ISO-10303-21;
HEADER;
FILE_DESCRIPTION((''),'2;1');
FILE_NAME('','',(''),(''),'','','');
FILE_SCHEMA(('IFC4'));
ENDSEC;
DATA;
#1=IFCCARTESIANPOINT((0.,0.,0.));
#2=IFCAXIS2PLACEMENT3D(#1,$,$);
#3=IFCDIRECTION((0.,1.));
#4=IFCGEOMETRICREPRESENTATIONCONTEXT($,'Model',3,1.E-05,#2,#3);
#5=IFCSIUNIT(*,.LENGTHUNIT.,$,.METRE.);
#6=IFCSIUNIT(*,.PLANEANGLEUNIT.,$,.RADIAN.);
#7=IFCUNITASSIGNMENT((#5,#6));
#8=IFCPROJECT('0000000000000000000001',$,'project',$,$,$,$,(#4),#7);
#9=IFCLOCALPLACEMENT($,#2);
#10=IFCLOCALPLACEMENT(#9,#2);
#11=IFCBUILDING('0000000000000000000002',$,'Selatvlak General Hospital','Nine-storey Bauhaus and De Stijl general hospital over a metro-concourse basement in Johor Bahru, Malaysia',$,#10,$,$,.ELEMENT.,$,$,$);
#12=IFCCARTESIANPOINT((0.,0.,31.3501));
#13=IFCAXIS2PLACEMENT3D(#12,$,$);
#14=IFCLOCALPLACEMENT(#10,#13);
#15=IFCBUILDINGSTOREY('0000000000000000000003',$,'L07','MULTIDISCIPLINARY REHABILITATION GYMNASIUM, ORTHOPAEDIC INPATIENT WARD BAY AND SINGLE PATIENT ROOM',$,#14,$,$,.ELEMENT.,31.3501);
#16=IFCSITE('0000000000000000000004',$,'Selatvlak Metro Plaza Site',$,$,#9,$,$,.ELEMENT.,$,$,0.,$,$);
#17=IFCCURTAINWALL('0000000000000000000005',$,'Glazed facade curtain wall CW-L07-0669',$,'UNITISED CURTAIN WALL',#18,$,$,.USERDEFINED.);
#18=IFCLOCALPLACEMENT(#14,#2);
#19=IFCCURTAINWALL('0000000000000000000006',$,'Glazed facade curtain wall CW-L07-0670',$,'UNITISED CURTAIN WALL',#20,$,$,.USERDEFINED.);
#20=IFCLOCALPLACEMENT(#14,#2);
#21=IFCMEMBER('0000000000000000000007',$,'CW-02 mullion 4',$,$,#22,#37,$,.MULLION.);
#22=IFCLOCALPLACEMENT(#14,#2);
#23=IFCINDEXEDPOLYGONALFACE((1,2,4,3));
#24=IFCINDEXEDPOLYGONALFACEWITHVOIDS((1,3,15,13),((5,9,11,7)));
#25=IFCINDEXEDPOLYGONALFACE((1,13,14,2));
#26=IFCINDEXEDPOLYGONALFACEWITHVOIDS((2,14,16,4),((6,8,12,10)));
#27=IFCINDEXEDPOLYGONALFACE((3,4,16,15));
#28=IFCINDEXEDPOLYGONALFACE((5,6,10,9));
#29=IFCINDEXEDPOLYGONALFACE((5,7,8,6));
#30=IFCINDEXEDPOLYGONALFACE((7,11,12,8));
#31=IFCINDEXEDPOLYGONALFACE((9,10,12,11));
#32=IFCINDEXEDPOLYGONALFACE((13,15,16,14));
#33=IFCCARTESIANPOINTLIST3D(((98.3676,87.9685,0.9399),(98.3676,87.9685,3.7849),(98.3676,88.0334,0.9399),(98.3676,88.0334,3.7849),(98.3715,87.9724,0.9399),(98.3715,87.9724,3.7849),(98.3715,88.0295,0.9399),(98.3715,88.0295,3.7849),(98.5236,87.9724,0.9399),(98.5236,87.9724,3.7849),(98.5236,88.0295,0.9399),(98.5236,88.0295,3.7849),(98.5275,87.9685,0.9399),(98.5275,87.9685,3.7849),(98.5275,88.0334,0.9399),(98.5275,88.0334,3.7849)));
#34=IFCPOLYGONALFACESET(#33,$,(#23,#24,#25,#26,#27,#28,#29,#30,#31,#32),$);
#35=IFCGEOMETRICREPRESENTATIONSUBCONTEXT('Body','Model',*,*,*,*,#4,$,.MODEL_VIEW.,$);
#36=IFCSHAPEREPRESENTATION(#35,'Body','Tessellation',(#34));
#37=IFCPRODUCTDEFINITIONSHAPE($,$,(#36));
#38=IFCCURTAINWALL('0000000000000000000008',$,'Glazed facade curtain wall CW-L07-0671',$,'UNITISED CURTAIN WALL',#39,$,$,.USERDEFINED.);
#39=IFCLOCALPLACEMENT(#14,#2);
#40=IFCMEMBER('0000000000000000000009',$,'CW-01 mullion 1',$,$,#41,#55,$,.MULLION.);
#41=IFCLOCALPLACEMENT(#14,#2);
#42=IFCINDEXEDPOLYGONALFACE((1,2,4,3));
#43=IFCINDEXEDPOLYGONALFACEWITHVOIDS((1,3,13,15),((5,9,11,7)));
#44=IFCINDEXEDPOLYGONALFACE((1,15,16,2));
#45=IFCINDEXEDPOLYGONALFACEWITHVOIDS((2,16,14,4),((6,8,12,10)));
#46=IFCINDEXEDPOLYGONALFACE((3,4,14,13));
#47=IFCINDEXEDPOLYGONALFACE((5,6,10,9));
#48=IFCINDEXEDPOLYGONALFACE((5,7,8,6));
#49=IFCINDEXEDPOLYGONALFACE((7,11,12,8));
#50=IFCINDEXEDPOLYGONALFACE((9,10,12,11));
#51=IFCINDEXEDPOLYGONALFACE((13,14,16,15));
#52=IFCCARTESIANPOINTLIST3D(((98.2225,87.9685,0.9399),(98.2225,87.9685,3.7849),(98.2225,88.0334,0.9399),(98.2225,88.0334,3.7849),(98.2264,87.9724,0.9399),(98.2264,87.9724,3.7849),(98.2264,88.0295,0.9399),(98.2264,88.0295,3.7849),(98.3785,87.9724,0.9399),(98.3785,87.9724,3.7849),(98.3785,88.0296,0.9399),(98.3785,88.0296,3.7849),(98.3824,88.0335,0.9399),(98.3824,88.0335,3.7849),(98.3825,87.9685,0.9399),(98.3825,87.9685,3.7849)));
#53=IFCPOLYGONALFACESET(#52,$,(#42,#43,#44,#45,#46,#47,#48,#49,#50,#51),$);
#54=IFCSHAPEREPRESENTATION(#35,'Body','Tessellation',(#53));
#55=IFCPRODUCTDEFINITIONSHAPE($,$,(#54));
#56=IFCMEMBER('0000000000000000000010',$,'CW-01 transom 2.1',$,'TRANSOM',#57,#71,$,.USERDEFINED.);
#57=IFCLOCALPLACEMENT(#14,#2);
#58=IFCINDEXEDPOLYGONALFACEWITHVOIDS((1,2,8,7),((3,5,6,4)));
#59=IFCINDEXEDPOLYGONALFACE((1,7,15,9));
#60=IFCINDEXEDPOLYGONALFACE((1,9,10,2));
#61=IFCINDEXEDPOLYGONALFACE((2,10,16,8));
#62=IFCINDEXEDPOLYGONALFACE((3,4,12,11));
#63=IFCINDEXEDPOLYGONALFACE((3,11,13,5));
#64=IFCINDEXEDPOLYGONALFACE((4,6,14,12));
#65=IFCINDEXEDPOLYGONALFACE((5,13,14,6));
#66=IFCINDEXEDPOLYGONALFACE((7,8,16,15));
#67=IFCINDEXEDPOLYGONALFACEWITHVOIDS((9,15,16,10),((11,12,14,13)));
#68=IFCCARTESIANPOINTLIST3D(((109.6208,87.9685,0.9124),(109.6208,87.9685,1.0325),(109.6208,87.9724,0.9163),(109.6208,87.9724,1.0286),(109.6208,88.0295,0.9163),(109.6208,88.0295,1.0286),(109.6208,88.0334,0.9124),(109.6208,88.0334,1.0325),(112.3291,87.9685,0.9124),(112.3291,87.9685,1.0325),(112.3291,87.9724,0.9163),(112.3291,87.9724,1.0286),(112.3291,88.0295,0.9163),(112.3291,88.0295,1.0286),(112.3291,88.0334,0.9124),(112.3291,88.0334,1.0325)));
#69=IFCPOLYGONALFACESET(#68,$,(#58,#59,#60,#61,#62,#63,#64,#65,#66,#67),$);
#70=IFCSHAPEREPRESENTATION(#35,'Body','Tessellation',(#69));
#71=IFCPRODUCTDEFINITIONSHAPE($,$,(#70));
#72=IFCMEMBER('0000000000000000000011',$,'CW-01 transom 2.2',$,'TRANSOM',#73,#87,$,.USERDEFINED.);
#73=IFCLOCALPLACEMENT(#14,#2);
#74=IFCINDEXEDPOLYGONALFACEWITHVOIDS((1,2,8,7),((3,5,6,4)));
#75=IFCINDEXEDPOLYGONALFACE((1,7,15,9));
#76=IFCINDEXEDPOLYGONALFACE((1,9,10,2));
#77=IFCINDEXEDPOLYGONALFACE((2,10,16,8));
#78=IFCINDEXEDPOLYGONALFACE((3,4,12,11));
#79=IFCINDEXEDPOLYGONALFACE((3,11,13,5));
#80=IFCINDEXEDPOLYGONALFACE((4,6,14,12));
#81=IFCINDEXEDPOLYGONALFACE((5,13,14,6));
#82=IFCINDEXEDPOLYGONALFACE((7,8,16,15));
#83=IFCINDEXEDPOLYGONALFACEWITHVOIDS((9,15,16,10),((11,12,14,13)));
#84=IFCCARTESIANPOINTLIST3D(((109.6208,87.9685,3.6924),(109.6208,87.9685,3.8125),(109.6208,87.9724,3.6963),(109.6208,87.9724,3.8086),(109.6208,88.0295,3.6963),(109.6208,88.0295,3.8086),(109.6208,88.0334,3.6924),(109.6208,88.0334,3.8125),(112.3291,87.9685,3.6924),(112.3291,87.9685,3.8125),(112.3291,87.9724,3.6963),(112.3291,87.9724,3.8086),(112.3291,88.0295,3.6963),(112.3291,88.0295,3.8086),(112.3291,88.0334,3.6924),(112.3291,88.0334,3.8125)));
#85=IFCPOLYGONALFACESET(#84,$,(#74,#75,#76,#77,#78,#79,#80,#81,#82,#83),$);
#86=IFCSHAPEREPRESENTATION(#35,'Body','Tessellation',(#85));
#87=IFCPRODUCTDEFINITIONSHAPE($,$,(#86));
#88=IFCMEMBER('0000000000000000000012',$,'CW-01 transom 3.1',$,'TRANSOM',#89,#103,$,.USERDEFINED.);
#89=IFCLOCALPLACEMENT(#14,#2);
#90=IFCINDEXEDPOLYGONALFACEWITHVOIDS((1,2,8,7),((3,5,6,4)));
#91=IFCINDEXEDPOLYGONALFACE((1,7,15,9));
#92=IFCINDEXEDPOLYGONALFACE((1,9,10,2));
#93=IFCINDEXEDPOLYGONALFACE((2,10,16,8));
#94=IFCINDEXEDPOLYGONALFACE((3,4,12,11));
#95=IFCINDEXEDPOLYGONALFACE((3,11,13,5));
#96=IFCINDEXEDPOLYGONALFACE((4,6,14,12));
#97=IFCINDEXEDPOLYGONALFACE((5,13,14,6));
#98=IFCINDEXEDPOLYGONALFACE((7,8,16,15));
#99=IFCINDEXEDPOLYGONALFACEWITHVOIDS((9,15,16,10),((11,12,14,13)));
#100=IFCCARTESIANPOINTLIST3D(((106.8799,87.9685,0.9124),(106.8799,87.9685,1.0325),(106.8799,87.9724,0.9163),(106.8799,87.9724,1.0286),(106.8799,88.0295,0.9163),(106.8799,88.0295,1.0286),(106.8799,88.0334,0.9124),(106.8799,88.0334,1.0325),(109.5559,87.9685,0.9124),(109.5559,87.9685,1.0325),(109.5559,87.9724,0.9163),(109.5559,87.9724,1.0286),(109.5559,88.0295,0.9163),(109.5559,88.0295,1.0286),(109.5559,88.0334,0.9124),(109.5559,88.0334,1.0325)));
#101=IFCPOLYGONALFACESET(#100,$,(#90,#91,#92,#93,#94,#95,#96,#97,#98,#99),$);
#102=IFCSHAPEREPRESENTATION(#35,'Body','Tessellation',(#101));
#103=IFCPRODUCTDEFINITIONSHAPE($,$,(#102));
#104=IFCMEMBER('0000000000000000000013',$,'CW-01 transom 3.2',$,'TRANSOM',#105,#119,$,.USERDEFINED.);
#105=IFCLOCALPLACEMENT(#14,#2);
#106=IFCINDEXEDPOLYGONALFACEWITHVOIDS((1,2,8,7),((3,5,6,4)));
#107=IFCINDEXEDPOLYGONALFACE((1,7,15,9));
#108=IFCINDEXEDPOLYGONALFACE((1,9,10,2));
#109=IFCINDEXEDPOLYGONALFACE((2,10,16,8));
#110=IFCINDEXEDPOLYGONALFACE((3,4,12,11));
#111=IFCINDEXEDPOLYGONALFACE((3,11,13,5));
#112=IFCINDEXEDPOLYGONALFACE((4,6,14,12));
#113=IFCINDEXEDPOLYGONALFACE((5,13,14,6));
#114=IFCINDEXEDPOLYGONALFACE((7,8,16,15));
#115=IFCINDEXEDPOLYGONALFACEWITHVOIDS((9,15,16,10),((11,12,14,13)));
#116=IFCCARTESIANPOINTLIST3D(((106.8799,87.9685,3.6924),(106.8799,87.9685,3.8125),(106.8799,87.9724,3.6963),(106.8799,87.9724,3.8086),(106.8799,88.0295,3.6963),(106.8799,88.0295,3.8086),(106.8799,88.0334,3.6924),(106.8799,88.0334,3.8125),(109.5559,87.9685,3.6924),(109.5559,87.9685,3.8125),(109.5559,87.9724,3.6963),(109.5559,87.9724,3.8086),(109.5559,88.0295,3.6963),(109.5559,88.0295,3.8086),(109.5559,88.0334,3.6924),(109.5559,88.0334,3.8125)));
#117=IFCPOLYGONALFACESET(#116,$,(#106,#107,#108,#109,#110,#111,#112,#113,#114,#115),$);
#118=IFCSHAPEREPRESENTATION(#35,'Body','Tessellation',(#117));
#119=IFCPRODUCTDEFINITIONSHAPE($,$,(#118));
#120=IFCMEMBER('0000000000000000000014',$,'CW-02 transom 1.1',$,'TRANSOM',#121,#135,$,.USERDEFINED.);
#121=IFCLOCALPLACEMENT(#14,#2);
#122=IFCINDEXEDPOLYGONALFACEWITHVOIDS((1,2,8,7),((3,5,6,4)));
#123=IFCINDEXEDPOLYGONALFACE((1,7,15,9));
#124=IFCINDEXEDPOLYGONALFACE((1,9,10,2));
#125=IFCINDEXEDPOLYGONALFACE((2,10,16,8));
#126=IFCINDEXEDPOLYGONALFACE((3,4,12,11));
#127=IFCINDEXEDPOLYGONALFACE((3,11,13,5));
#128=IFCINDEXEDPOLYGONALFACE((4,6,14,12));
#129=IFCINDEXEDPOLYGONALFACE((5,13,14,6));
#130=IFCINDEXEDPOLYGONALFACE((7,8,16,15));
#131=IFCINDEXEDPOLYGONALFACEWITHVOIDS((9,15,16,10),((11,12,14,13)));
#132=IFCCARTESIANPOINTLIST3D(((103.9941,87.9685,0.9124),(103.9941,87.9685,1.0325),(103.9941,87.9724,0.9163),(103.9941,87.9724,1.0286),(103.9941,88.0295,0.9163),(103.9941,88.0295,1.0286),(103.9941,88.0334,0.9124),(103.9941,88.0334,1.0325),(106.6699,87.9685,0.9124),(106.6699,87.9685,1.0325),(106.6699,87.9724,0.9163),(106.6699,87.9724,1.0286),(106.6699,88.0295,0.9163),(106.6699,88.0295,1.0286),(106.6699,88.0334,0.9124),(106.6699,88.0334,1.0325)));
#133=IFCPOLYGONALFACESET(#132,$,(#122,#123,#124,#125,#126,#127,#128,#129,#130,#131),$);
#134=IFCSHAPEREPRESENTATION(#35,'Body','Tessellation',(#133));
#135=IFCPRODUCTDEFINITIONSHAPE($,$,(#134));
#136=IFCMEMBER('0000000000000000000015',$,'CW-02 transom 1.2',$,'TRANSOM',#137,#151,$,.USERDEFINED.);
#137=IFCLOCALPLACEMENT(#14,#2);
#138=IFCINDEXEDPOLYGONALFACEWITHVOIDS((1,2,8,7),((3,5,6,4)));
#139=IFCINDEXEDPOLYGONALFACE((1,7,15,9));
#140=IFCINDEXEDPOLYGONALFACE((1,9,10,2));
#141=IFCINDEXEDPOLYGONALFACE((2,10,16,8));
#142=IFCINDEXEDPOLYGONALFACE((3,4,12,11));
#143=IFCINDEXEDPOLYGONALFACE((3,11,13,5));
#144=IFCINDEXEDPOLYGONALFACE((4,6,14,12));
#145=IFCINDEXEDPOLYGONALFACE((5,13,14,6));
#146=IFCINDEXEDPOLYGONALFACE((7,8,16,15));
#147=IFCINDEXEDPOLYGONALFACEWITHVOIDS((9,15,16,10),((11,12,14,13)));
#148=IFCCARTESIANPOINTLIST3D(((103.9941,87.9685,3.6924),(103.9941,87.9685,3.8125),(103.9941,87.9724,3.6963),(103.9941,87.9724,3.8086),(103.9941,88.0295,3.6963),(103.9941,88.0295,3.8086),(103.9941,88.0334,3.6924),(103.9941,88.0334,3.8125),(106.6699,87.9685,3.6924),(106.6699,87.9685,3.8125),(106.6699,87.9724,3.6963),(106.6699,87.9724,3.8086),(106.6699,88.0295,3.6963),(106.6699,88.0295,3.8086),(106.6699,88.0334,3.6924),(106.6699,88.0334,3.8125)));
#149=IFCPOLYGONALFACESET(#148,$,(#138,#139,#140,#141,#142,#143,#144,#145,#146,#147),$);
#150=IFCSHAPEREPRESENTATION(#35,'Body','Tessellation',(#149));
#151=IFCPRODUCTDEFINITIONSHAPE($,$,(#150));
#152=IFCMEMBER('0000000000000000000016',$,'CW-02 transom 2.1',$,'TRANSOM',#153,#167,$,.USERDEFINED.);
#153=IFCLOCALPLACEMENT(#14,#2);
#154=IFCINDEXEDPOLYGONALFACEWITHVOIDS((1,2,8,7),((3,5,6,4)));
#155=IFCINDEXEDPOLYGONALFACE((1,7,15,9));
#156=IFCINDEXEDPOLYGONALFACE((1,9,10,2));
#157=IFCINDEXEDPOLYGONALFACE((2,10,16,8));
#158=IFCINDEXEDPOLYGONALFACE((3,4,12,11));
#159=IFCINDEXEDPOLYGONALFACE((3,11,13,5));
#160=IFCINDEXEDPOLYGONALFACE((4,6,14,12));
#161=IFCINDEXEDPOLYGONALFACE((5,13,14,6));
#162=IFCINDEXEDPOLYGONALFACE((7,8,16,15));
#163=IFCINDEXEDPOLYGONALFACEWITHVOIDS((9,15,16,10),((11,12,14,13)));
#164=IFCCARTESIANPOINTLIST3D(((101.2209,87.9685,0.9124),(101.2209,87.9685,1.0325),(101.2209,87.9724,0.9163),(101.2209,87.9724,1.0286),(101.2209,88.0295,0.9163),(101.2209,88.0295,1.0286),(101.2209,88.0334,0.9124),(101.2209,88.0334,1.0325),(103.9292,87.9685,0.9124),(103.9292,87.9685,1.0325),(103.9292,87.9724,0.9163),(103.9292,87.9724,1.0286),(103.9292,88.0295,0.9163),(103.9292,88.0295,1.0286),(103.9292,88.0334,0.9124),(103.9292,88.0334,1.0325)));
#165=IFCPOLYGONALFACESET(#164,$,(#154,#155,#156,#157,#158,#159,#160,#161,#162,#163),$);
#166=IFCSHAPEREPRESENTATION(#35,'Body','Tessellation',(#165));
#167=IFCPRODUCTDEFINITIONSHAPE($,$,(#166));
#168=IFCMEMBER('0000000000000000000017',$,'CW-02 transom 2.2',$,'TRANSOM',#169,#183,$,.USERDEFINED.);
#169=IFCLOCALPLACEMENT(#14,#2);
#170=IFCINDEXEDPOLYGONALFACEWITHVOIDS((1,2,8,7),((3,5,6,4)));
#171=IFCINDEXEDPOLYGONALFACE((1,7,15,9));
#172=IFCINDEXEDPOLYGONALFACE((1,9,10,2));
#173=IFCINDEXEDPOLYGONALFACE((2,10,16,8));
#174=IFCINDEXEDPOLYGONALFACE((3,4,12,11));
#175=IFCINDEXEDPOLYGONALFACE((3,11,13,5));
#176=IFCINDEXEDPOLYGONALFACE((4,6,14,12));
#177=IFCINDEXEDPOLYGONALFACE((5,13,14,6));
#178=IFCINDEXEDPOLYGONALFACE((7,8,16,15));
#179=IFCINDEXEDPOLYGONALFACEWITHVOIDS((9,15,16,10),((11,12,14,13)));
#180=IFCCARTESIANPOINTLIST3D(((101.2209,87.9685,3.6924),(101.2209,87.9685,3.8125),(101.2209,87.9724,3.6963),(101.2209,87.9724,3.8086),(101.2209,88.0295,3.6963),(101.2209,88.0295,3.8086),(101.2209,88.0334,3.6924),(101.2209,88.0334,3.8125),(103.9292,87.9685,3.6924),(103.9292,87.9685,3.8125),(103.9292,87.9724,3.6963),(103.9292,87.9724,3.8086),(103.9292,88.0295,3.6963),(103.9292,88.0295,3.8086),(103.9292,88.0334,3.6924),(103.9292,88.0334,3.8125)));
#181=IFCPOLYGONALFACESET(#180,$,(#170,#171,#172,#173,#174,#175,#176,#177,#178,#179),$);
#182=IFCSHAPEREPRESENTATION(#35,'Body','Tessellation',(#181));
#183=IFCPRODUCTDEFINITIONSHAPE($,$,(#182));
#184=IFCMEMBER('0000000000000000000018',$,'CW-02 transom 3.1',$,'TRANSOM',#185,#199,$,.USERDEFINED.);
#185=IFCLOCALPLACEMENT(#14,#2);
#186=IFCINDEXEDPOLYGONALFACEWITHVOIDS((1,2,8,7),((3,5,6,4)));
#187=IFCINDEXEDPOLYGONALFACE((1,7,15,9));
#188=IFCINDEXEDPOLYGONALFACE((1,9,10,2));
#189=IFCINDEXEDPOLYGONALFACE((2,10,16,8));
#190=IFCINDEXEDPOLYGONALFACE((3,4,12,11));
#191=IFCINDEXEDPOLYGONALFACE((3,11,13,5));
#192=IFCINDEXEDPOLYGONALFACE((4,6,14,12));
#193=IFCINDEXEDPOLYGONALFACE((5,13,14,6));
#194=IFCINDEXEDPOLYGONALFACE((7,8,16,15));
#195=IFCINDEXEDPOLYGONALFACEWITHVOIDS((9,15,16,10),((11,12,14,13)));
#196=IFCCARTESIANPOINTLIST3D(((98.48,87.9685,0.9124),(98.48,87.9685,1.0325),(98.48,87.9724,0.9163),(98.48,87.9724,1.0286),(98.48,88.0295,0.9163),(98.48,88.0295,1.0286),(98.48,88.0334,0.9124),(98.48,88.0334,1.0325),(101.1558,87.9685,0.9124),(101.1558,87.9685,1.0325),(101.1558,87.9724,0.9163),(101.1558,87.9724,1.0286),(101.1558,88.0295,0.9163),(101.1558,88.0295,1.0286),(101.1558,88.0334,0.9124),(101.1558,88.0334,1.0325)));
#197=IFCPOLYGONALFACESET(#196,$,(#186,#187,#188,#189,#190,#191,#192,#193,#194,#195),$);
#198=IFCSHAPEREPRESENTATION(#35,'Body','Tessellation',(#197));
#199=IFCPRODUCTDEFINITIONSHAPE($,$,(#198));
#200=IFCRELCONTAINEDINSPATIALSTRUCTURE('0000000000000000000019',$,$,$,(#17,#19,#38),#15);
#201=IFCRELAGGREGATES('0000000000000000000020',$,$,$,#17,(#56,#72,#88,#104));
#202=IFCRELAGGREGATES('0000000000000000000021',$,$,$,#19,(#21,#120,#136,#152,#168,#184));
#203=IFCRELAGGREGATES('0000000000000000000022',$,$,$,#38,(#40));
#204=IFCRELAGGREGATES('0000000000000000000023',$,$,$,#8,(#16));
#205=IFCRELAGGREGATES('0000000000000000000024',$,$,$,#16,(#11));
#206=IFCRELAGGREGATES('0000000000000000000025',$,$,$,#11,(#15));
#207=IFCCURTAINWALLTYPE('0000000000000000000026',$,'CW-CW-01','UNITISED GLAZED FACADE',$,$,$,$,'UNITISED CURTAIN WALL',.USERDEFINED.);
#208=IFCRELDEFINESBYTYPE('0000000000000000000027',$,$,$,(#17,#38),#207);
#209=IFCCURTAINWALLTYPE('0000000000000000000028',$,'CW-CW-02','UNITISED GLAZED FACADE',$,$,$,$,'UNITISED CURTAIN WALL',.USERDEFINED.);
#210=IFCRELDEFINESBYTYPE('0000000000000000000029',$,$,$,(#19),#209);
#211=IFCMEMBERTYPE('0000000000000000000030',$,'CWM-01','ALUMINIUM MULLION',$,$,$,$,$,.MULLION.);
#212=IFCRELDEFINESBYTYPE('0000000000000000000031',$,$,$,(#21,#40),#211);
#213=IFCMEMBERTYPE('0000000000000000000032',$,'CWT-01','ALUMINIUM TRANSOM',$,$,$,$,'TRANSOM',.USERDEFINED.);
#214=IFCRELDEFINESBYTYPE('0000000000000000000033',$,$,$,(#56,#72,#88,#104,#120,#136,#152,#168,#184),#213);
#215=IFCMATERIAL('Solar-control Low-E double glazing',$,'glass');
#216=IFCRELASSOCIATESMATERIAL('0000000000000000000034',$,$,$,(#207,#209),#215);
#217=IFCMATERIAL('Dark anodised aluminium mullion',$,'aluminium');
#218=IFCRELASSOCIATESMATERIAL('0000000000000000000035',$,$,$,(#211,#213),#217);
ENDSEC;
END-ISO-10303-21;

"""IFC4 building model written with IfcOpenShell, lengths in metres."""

from ifc_helpers import new_model, si_unit, direction, frame, origin, origin_2d, place, context, subcontext, project, spatial, hollow_rectangle, extrude, material, material_profile, profile_set, type_object, element, aggregate, save


model = new_model("IFC4")

# Units and contexts
model_context = context("Model", 3, precision=1e-05, world=origin(), true_north=direction((0.0, 1.0)))
body_context = subcontext(model_context, "Body", "Model", "MODEL_VIEW")
ifc_project = project(units=[si_unit("LENGTHUNIT", "METRE"), si_unit("PLANEANGLEUNIT", "RADIAN")], contexts=[model_context])

# Site, building, storey
site_placement = place(None, origin())
site = spatial("IfcSite", under=ifc_project, at=site_placement, Name="Selatvlak Metro Plaza Site", CompositionType="ELEMENT", RefElevation=0.0)
building_placement = place(site_placement, origin())
building = spatial("IfcBuilding", under=site, at=building_placement, Name="Selatvlak General Hospital", Description="Nine-storey Bauhaus and De Stijl general hospital over a metro-concourse basement in Johor Bahru, Malaysia", CompositionType="ELEMENT")
storey_placement = place(building_placement, frame((0.0, 0.0, 31.3501)))
storey = spatial("IfcBuildingStorey", under=building, at=storey_placement, Name="L07", Description="MULTIDISCIPLINARY REHABILITATION GYMNASIUM, ORTHOPAEDIC INPATIENT WARD BAY AND SINGLE PATIENT ROOM", CompositionType="ELEMENT", Elevation=31.3501)

# Curtain walls, member
ifc_material_1 = material(Name="Solar-control Low-E double glazing", Category="glass")
curtain_wall_type_1 = type_object("IfcCurtainWallType", Name="CW-CW-01", Description="UNITISED GLAZED FACADE", ElementType="UNITISED CURTAIN WALL", PredefinedType="USERDEFINED", material=ifc_material_1)
curtain_wall_1_placement = place(storey_placement, origin())
curtain_wall_1 = element("IfcCurtainWall", 1, at=curtain_wall_1_placement, inside=storey, type_object=curtain_wall_type_1, Name="Glazed facade curtain wall CW-L07-0669", ObjectType="UNITISED CURTAIN WALL", PredefinedType="USERDEFINED")
ifc_material_2 = material(Name="Dark anodised aluminium mullion", Category="aluminium")
ifc_material_profile_1 = material_profile(ifc_material_2, hollow_rectangle(XDim=0.0649, YDim=0.1599, WallThickness=0.0039, at=origin_2d()), Name="AL-MUL 65x160x4")
ifc_profile_set_1 = profile_set([ifc_material_profile_1], Name="Dark anodised aluminium mullion")
member_type_1 = type_object("IfcMemberType", Name="CWM-01", Description="ALUMINIUM MULLION", PredefinedType="MULLION", material=ifc_profile_set_1)
curtain_wall_type_2 = type_object("IfcCurtainWallType", Name="CW-CW-02", Description="UNITISED GLAZED FACADE", ElementType="UNITISED CURTAIN WALL", PredefinedType="USERDEFINED", material=ifc_material_1)
curtain_wall_2_placement = place(storey_placement, origin())
curtain_wall_2 = element("IfcCurtainWall", 2, at=curtain_wall_2_placement, inside=storey, type_object=curtain_wall_type_2, Name="Glazed facade curtain wall CW-L07-0670", ObjectType="UNITISED CURTAIN WALL", PredefinedType="USERDEFINED")
member_1_placement = place(storey_placement, frame((98.4475, 88.001, 0.9399), z_axis=(0.0, 0.0, 1.0), x_axis=(0.0, -1.0, 0.0)))
member_1 = element("IfcMember", 3, at=member_1_placement, type_object=member_type_1, Name="CW-02 mullion 4", PredefinedType="MULLION", context=body_context, shape_type="SweptSolid", body=[
    extrude(hollow_rectangle(XDim=0.0649, YDim=0.1599, WallThickness=0.0039, at=origin_2d()), origin(), (0.0, 0.0, 1.0), 2.845),
])

# Curtain wall, member
curtain_wall_3_placement = place(storey_placement, origin())
curtain_wall_3 = element("IfcCurtainWall", 4, at=curtain_wall_3_placement, inside=storey, type_object=curtain_wall_type_1, Name="Glazed facade curtain wall CW-L07-0671", ObjectType="UNITISED CURTAIN WALL", PredefinedType="USERDEFINED")
member_2_placement = place(storey_placement, frame((98.3025, 88.001, 0.9399), z_axis=(0.0, 0.0, 1.0), x_axis=(0.00012, -1.0, 0.0)))
member_2 = element("IfcMember", 5, at=member_2_placement, type_object=member_type_1, Name="CW-01 mullion 1", PredefinedType="MULLION", context=body_context, shape_type="SweptSolid", body=[
    extrude(hollow_rectangle(XDim=0.0649, YDim=0.1599, WallThickness=0.0039, at=origin_2d()), origin(), (0.0, 0.0, 1.0), 2.845),
])

# Members
ifc_material_profile_2 = material_profile(ifc_material_2, hollow_rectangle(XDim=0.0649, YDim=0.1201, WallThickness=0.0039, at=origin_2d()), Name="AL-TRN 65x120x4")
ifc_profile_set_2 = profile_set([ifc_material_profile_2], Name="Dark anodised aluminium mullion")
member_type_2 = type_object("IfcMemberType", Name="CWT-01", Description="ALUMINIUM TRANSOM", ElementType="TRANSOM", PredefinedType="USERDEFINED", material=ifc_profile_set_2)
member_3_placement = place(storey_placement, frame((112.3291, 88.001, 0.9724), z_axis=(-1.0, 0.0, 0.0), x_axis=(0.0, -1.0, 0.0)))
member_3 = element("IfcMember", 6, at=member_3_placement, type_object=member_type_2, Name="CW-01 transom 2.1", ObjectType="TRANSOM", PredefinedType="USERDEFINED", context=body_context, shape_type="SweptSolid", body=[
    extrude(hollow_rectangle(XDim=0.0649, YDim=0.1201, WallThickness=0.0039, at=origin_2d()), origin(), (0.0, 0.0, 1.0), 2.7083),
])
member_4_placement = place(storey_placement, frame((112.3291, 88.001, 3.7524), z_axis=(-1.0, 0.0, 0.0), x_axis=(0.0, -1.0, 0.0)))
member_4 = element("IfcMember", 7, at=member_4_placement, type_object=member_type_2, Name="CW-01 transom 2.2", ObjectType="TRANSOM", PredefinedType="USERDEFINED", context=body_context, shape_type="SweptSolid", body=[
    extrude(hollow_rectangle(XDim=0.0649, YDim=0.1201, WallThickness=0.0039, at=origin_2d()), origin(), (0.0, 0.0, 1.0), 2.7083),
])
member_5_placement = place(storey_placement, frame((109.5559, 88.001, 0.9724), z_axis=(-1.0, 0.0, 0.0), x_axis=(0.0, -1.0, 0.0)))
member_5 = element("IfcMember", 8, at=member_5_placement, type_object=member_type_2, Name="CW-01 transom 3.1", ObjectType="TRANSOM", PredefinedType="USERDEFINED", context=body_context, shape_type="SweptSolid", body=[
    extrude(hollow_rectangle(XDim=0.0649, YDim=0.1201, WallThickness=0.0039, at=origin_2d()), origin(), (0.0, 0.0, 1.0), 2.676),
])
member_6_placement = place(storey_placement, frame((109.5559, 88.001, 3.7524), z_axis=(-1.0, 0.0, 0.0), x_axis=(0.0, -1.0, 0.0)))
member_6 = element("IfcMember", 9, at=member_6_placement, type_object=member_type_2, Name="CW-01 transom 3.2", ObjectType="TRANSOM", PredefinedType="USERDEFINED", context=body_context, shape_type="SweptSolid", body=[
    extrude(hollow_rectangle(XDim=0.0649, YDim=0.1201, WallThickness=0.0039, at=origin_2d()), origin(), (0.0, 0.0, 1.0), 2.676),
])
member_7_placement = place(storey_placement, frame((106.6699, 88.001, 0.9724), z_axis=(-1.0, 0.0, 0.0), x_axis=(0.0, -1.0, 0.0)))
member_7 = element("IfcMember", 10, at=member_7_placement, type_object=member_type_2, Name="CW-02 transom 1.1", ObjectType="TRANSOM", PredefinedType="USERDEFINED", context=body_context, shape_type="SweptSolid", body=[
    extrude(hollow_rectangle(XDim=0.0649, YDim=0.1201, WallThickness=0.0039, at=origin_2d()), origin(), (0.0, 0.0, 1.0), 2.6758),
])
member_8_placement = place(storey_placement, frame((106.6699, 88.001, 3.7524), z_axis=(-1.0, 0.0, 0.0), x_axis=(0.0, -1.0, 0.0)))
member_8 = element("IfcMember", 11, at=member_8_placement, type_object=member_type_2, Name="CW-02 transom 1.2", ObjectType="TRANSOM", PredefinedType="USERDEFINED", context=body_context, shape_type="SweptSolid", body=[
    extrude(hollow_rectangle(XDim=0.0649, YDim=0.1201, WallThickness=0.0039, at=origin_2d()), origin(), (0.0, 0.0, 1.0), 2.6758),
])
member_9_placement = place(storey_placement, frame((103.9292, 88.001, 0.9724), z_axis=(-1.0, 0.0, 0.0), x_axis=(0.0, -1.0, 0.0)))
member_9 = element("IfcMember", 12, at=member_9_placement, type_object=member_type_2, Name="CW-02 transom 2.1", ObjectType="TRANSOM", PredefinedType="USERDEFINED", context=body_context, shape_type="SweptSolid", body=[
    extrude(hollow_rectangle(XDim=0.0649, YDim=0.1201, WallThickness=0.0039, at=origin_2d()), origin(), (0.0, 0.0, 1.0), 2.7083),
])
member_10_placement = place(storey_placement, frame((103.9292, 88.001, 3.7524), z_axis=(-1.0, 0.0, 0.0), x_axis=(0.0, -1.0, 0.0)))
member_10 = element("IfcMember", 13, at=member_10_placement, type_object=member_type_2, Name="CW-02 transom 2.2", ObjectType="TRANSOM", PredefinedType="USERDEFINED", context=body_context, shape_type="SweptSolid", body=[
    extrude(hollow_rectangle(XDim=0.0649, YDim=0.1201, WallThickness=0.0039, at=origin_2d()), origin(), (0.0, 0.0, 1.0), 2.7083),
])
member_11_placement = place(storey_placement, frame((101.1558, 88.001, 0.9724), z_axis=(-1.0, 0.0, 0.0), x_axis=(0.0, -1.0, 0.0)))
member_11 = element("IfcMember", 14, at=member_11_placement, type_object=member_type_2, Name="CW-02 transom 3.1", ObjectType="TRANSOM", PredefinedType="USERDEFINED", context=body_context, shape_type="SweptSolid", body=[
    extrude(hollow_rectangle(XDim=0.0649, YDim=0.1201, WallThickness=0.0039, at=origin_2d()), origin(), (0.0, 0.0, 1.0), 2.6758),
])

aggregate(curtain_wall_1, [member_3, member_4, member_5, member_6])
aggregate(curtain_wall_2, [member_1, member_7, member_8, member_9, member_10, member_11])
aggregate(curtain_wall_3, [member_2])

save(model, "model.ifc")
